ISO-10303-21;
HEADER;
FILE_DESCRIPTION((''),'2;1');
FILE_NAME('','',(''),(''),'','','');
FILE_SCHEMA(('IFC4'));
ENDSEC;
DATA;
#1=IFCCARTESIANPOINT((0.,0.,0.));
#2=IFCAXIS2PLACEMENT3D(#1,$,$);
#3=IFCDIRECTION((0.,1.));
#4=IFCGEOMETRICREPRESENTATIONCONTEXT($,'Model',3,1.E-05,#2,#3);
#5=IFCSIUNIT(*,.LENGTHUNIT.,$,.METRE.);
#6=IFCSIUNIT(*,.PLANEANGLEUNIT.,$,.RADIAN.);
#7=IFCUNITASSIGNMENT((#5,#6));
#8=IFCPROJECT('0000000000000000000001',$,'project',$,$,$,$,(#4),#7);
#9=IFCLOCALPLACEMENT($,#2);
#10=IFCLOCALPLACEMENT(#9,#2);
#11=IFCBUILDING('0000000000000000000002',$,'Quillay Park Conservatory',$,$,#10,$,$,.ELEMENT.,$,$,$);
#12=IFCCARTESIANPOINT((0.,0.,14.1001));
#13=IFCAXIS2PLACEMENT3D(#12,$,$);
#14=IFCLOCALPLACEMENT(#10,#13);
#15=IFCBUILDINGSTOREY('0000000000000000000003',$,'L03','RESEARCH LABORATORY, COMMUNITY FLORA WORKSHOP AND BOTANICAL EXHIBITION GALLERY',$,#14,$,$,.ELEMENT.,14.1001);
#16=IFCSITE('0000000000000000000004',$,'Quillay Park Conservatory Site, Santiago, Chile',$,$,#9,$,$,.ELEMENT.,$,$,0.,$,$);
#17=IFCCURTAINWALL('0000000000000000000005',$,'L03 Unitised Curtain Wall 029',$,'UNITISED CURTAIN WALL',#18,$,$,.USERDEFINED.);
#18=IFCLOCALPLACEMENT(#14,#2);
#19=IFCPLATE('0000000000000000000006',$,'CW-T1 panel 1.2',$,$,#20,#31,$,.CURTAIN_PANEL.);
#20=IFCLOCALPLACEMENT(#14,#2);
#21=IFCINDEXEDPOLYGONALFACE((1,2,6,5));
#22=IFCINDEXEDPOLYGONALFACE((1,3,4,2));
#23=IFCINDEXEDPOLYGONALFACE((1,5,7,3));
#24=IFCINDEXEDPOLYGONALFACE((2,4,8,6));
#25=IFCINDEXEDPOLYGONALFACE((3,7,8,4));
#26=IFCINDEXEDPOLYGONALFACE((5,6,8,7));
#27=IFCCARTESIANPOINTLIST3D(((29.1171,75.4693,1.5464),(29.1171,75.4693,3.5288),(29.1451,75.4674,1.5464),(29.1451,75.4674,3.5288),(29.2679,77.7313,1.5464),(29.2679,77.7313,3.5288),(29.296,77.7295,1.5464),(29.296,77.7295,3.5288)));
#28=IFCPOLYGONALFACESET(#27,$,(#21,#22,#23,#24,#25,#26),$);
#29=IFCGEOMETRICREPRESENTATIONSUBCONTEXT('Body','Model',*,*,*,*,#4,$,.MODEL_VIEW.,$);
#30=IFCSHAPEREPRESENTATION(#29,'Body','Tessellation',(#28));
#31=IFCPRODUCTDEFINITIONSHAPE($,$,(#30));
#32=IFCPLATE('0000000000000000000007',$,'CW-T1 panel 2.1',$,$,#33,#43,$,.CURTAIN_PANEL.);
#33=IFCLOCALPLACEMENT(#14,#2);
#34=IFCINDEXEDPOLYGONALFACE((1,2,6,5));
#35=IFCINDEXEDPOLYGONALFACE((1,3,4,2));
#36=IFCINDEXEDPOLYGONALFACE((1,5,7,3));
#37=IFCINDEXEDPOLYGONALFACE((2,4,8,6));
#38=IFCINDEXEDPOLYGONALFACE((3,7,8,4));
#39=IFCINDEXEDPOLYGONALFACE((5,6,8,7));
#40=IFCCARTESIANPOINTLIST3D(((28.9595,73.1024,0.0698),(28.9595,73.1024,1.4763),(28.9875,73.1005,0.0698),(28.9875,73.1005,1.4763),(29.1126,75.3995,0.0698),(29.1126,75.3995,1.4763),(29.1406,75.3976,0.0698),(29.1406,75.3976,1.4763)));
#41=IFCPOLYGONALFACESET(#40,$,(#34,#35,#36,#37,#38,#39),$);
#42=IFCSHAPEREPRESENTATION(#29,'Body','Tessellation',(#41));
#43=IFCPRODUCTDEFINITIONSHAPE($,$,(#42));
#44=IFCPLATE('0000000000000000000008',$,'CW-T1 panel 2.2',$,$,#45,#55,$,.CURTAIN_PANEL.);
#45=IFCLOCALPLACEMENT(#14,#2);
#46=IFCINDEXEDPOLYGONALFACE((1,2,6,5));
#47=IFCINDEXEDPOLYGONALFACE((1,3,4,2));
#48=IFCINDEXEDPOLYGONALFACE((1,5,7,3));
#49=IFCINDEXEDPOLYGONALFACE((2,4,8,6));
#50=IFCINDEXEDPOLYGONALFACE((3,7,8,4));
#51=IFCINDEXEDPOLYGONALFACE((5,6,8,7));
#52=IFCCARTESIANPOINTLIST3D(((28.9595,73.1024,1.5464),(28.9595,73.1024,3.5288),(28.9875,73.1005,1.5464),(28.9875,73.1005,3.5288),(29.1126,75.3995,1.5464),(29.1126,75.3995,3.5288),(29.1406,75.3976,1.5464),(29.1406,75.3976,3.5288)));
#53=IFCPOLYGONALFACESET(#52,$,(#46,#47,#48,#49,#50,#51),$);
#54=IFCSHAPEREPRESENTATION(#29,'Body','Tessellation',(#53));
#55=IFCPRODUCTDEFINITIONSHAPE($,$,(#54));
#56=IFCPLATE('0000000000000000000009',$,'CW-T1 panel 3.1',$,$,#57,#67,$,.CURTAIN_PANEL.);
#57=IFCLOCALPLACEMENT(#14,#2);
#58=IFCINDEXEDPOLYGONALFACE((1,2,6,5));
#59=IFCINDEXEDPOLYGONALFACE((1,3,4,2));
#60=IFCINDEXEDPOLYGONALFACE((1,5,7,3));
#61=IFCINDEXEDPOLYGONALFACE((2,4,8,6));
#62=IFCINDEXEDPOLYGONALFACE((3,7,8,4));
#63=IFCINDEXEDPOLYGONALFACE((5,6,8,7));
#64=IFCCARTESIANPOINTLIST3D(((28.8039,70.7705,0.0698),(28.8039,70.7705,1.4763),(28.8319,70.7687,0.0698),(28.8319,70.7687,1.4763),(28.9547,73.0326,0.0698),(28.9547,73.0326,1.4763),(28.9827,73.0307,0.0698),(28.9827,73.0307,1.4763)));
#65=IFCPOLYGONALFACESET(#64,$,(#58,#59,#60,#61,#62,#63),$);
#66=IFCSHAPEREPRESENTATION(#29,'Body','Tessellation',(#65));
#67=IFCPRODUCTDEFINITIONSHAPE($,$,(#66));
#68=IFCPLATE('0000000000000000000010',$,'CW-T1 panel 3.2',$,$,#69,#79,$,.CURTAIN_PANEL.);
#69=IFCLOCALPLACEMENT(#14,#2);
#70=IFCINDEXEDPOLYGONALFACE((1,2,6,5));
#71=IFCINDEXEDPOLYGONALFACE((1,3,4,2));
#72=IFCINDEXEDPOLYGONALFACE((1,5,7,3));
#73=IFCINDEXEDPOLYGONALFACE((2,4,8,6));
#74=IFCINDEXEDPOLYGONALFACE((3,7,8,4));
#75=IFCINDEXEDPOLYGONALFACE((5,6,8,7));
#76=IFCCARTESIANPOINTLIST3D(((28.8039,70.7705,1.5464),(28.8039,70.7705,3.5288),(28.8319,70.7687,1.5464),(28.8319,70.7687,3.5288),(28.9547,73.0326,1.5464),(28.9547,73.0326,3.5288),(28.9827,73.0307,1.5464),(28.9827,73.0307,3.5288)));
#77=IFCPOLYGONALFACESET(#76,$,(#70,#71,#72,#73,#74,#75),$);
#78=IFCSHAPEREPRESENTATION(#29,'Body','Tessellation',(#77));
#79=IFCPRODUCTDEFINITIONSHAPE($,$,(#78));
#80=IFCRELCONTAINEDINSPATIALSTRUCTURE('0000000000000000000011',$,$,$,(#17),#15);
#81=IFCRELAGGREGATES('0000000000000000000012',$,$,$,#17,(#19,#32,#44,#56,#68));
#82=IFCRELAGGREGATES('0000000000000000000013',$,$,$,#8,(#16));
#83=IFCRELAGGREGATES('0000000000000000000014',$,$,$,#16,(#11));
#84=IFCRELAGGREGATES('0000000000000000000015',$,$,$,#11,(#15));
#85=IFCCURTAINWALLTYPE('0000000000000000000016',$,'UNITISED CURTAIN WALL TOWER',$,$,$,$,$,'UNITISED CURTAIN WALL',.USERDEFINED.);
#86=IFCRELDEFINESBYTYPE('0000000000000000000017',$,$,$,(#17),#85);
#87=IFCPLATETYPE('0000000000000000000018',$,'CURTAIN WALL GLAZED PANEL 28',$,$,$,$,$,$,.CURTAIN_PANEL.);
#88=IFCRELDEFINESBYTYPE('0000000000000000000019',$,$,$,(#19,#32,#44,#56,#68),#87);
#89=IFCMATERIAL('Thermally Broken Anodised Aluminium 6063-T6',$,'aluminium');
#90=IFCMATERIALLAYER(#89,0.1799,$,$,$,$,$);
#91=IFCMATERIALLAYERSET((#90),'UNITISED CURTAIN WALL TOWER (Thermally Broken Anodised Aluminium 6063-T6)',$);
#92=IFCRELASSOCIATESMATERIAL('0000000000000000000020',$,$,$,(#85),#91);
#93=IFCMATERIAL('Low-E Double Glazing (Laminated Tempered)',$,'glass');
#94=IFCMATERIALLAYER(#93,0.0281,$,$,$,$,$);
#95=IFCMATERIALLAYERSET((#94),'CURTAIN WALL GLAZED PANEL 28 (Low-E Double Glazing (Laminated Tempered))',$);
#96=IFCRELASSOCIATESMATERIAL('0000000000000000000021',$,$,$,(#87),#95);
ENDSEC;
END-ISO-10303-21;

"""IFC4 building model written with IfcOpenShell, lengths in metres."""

from ifc_helpers import new_model, si_unit, direction, frame, origin, origin_2d, place, context, subcontext, project, spatial, rectangle, extrude, material, layer, layer_set, type_object, element, aggregate, save


model = new_model("IFC4")

# Units and contexts
model_context = context("Model", 3, precision=1e-05, world=origin(), true_north=direction((0.0, 1.0)))
body_context = subcontext(model_context, "Body", "Model", "MODEL_VIEW")
ifc_project = project(units=[si_unit("LENGTHUNIT", "METRE"), si_unit("PLANEANGLEUNIT", "RADIAN")], contexts=[model_context])

# Site, building, storey
site_placement = place(None, origin())
site = spatial("IfcSite", under=ifc_project, at=site_placement, Name="Quillay Park Conservatory Site, Santiago, Chile", CompositionType="ELEMENT", RefElevation=0.0)
building_placement = place(site_placement, origin())
building = spatial("IfcBuilding", under=site, at=building_placement, Name="Quillay Park Conservatory", CompositionType="ELEMENT")
storey_placement = place(building_placement, frame((0.0, 0.0, 14.1001)))
storey = spatial("IfcBuildingStorey", under=building, at=storey_placement, Name="L03", Description="RESEARCH LABORATORY, COMMUNITY FLORA WORKSHOP AND BOTANICAL EXHIBITION GALLERY", CompositionType="ELEMENT", Elevation=14.1001)

# Shared definitions
ifc_material_1 = material(Name="Thermally Broken Anodised Aluminium 6063-T6", Category="aluminium")
ifc_layer_1 = layer(ifc_material_1, 0.1799)
ifc_layer_set_1 = layer_set([ifc_layer_1], Name="UNITISED CURTAIN WALL TOWER (Thermally Broken Anodised Aluminium 6063-T6)")
curtain_wall_type = type_object("IfcCurtainWallType", Name="UNITISED CURTAIN WALL TOWER", ElementType="UNITISED CURTAIN WALL", PredefinedType="USERDEFINED", material=ifc_layer_set_1)

# Curtain wall
curtain_wall_1_placement = place(storey_placement, origin())
curtain_wall_1 = element("IfcCurtainWall", 1, at=curtain_wall_1_placement, inside=storey, type_object=curtain_wall_type, Name="L03 Unitised Curtain Wall 029", ObjectType="UNITISED CURTAIN WALL", PredefinedType="USERDEFINED")

# Plates
ifc_material_2 = material(Name="Low-E Double Glazing (Laminated Tempered)", Category="glass")
ifc_layer_2 = layer(ifc_material_2, 0.0281)
ifc_layer_set_2 = layer_set([ifc_layer_2], Name="CURTAIN WALL GLAZED PANEL 28 (Low-E Double Glazing (Laminated Tempered))")
plate_type = type_object("IfcPlateType", Name="CURTAIN WALL GLAZED PANEL 28", PredefinedType="CURTAIN_PANEL", material=ifc_layer_set_2)
plate_1_placement = place(storey_placement, frame((29.2065, 76.5994, 1.5464), z_axis=(0.0, 0.0, 1.0), x_axis=(-0.066521, -0.997785, 0.0)))
plate_1 = element("IfcPlate", 2, at=plate_1_placement, type_object=plate_type, Name="CW-T1 panel 1.2", PredefinedType="CURTAIN_PANEL", context=body_context, shape_type="SweptSolid", body=[
    extrude(rectangle(XDim=2.2671, YDim=0.0281, at=origin_2d()), origin(), (0.0, 0.0, 1.0), 1.9824),
])
plate_2_placement = place(storey_placement, frame((29.05, 74.25, 0.0698), z_axis=(0.0, 0.0, 1.0), x_axis=(-0.066521, -0.997785, 0.0)))
plate_2 = element("IfcPlate", 3, at=plate_2_placement, type_object=plate_type, Name="CW-T1 panel 2.1", PredefinedType="CURTAIN_PANEL", context=body_context, shape_type="SweptSolid", body=[
    extrude(rectangle(XDim=2.3022, YDim=0.0281, at=origin_2d()), origin(), (0.0, 0.0, 1.0), 1.4065),
])
plate_3_placement = place(storey_placement, frame((29.05, 74.25, 1.5464), z_axis=(0.0, 0.0, 1.0), x_axis=(-0.066521, -0.997785, 0.0)))
plate_3 = element("IfcPlate", 4, at=plate_3_placement, type_object=plate_type, Name="CW-T1 panel 2.2", PredefinedType="CURTAIN_PANEL", context=body_context, shape_type="SweptSolid", body=[
    extrude(rectangle(XDim=2.3022, YDim=0.0281, at=origin_2d()), origin(), (0.0, 0.0, 1.0), 1.9824),
])
plate_4_placement = place(storey_placement, frame((28.8933, 71.9006, 0.0698), z_axis=(0.0, 0.0, 1.0), x_axis=(-0.066521, -0.997785, 0.0)))
plate_4 = element("IfcPlate", 5, at=plate_4_placement, type_object=plate_type, Name="CW-T1 panel 3.1", PredefinedType="CURTAIN_PANEL", context=body_context, shape_type="SweptSolid", body=[
    extrude(rectangle(XDim=2.2671, YDim=0.0281, at=origin_2d()), origin(), (0.0, 0.0, 1.0), 1.4065),
])
plate_5_placement = place(storey_placement, frame((28.8933, 71.9006, 1.5464), z_axis=(0.0, 0.0, 1.0), x_axis=(-0.066521, -0.997785, 0.0)))
plate_5 = element("IfcPlate", 6, at=plate_5_placement, type_object=plate_type, Name="CW-T1 panel 3.2", PredefinedType="CURTAIN_PANEL", context=body_context, shape_type="SweptSolid", body=[
    extrude(rectangle(XDim=2.2671, YDim=0.0281, at=origin_2d()), origin(), (0.0, 0.0, 1.0), 1.9824),
])
aggregate(curtain_wall_1, [plate_1, plate_2, plate_3, plate_4, plate_5])

save(model, "model.ifc")
